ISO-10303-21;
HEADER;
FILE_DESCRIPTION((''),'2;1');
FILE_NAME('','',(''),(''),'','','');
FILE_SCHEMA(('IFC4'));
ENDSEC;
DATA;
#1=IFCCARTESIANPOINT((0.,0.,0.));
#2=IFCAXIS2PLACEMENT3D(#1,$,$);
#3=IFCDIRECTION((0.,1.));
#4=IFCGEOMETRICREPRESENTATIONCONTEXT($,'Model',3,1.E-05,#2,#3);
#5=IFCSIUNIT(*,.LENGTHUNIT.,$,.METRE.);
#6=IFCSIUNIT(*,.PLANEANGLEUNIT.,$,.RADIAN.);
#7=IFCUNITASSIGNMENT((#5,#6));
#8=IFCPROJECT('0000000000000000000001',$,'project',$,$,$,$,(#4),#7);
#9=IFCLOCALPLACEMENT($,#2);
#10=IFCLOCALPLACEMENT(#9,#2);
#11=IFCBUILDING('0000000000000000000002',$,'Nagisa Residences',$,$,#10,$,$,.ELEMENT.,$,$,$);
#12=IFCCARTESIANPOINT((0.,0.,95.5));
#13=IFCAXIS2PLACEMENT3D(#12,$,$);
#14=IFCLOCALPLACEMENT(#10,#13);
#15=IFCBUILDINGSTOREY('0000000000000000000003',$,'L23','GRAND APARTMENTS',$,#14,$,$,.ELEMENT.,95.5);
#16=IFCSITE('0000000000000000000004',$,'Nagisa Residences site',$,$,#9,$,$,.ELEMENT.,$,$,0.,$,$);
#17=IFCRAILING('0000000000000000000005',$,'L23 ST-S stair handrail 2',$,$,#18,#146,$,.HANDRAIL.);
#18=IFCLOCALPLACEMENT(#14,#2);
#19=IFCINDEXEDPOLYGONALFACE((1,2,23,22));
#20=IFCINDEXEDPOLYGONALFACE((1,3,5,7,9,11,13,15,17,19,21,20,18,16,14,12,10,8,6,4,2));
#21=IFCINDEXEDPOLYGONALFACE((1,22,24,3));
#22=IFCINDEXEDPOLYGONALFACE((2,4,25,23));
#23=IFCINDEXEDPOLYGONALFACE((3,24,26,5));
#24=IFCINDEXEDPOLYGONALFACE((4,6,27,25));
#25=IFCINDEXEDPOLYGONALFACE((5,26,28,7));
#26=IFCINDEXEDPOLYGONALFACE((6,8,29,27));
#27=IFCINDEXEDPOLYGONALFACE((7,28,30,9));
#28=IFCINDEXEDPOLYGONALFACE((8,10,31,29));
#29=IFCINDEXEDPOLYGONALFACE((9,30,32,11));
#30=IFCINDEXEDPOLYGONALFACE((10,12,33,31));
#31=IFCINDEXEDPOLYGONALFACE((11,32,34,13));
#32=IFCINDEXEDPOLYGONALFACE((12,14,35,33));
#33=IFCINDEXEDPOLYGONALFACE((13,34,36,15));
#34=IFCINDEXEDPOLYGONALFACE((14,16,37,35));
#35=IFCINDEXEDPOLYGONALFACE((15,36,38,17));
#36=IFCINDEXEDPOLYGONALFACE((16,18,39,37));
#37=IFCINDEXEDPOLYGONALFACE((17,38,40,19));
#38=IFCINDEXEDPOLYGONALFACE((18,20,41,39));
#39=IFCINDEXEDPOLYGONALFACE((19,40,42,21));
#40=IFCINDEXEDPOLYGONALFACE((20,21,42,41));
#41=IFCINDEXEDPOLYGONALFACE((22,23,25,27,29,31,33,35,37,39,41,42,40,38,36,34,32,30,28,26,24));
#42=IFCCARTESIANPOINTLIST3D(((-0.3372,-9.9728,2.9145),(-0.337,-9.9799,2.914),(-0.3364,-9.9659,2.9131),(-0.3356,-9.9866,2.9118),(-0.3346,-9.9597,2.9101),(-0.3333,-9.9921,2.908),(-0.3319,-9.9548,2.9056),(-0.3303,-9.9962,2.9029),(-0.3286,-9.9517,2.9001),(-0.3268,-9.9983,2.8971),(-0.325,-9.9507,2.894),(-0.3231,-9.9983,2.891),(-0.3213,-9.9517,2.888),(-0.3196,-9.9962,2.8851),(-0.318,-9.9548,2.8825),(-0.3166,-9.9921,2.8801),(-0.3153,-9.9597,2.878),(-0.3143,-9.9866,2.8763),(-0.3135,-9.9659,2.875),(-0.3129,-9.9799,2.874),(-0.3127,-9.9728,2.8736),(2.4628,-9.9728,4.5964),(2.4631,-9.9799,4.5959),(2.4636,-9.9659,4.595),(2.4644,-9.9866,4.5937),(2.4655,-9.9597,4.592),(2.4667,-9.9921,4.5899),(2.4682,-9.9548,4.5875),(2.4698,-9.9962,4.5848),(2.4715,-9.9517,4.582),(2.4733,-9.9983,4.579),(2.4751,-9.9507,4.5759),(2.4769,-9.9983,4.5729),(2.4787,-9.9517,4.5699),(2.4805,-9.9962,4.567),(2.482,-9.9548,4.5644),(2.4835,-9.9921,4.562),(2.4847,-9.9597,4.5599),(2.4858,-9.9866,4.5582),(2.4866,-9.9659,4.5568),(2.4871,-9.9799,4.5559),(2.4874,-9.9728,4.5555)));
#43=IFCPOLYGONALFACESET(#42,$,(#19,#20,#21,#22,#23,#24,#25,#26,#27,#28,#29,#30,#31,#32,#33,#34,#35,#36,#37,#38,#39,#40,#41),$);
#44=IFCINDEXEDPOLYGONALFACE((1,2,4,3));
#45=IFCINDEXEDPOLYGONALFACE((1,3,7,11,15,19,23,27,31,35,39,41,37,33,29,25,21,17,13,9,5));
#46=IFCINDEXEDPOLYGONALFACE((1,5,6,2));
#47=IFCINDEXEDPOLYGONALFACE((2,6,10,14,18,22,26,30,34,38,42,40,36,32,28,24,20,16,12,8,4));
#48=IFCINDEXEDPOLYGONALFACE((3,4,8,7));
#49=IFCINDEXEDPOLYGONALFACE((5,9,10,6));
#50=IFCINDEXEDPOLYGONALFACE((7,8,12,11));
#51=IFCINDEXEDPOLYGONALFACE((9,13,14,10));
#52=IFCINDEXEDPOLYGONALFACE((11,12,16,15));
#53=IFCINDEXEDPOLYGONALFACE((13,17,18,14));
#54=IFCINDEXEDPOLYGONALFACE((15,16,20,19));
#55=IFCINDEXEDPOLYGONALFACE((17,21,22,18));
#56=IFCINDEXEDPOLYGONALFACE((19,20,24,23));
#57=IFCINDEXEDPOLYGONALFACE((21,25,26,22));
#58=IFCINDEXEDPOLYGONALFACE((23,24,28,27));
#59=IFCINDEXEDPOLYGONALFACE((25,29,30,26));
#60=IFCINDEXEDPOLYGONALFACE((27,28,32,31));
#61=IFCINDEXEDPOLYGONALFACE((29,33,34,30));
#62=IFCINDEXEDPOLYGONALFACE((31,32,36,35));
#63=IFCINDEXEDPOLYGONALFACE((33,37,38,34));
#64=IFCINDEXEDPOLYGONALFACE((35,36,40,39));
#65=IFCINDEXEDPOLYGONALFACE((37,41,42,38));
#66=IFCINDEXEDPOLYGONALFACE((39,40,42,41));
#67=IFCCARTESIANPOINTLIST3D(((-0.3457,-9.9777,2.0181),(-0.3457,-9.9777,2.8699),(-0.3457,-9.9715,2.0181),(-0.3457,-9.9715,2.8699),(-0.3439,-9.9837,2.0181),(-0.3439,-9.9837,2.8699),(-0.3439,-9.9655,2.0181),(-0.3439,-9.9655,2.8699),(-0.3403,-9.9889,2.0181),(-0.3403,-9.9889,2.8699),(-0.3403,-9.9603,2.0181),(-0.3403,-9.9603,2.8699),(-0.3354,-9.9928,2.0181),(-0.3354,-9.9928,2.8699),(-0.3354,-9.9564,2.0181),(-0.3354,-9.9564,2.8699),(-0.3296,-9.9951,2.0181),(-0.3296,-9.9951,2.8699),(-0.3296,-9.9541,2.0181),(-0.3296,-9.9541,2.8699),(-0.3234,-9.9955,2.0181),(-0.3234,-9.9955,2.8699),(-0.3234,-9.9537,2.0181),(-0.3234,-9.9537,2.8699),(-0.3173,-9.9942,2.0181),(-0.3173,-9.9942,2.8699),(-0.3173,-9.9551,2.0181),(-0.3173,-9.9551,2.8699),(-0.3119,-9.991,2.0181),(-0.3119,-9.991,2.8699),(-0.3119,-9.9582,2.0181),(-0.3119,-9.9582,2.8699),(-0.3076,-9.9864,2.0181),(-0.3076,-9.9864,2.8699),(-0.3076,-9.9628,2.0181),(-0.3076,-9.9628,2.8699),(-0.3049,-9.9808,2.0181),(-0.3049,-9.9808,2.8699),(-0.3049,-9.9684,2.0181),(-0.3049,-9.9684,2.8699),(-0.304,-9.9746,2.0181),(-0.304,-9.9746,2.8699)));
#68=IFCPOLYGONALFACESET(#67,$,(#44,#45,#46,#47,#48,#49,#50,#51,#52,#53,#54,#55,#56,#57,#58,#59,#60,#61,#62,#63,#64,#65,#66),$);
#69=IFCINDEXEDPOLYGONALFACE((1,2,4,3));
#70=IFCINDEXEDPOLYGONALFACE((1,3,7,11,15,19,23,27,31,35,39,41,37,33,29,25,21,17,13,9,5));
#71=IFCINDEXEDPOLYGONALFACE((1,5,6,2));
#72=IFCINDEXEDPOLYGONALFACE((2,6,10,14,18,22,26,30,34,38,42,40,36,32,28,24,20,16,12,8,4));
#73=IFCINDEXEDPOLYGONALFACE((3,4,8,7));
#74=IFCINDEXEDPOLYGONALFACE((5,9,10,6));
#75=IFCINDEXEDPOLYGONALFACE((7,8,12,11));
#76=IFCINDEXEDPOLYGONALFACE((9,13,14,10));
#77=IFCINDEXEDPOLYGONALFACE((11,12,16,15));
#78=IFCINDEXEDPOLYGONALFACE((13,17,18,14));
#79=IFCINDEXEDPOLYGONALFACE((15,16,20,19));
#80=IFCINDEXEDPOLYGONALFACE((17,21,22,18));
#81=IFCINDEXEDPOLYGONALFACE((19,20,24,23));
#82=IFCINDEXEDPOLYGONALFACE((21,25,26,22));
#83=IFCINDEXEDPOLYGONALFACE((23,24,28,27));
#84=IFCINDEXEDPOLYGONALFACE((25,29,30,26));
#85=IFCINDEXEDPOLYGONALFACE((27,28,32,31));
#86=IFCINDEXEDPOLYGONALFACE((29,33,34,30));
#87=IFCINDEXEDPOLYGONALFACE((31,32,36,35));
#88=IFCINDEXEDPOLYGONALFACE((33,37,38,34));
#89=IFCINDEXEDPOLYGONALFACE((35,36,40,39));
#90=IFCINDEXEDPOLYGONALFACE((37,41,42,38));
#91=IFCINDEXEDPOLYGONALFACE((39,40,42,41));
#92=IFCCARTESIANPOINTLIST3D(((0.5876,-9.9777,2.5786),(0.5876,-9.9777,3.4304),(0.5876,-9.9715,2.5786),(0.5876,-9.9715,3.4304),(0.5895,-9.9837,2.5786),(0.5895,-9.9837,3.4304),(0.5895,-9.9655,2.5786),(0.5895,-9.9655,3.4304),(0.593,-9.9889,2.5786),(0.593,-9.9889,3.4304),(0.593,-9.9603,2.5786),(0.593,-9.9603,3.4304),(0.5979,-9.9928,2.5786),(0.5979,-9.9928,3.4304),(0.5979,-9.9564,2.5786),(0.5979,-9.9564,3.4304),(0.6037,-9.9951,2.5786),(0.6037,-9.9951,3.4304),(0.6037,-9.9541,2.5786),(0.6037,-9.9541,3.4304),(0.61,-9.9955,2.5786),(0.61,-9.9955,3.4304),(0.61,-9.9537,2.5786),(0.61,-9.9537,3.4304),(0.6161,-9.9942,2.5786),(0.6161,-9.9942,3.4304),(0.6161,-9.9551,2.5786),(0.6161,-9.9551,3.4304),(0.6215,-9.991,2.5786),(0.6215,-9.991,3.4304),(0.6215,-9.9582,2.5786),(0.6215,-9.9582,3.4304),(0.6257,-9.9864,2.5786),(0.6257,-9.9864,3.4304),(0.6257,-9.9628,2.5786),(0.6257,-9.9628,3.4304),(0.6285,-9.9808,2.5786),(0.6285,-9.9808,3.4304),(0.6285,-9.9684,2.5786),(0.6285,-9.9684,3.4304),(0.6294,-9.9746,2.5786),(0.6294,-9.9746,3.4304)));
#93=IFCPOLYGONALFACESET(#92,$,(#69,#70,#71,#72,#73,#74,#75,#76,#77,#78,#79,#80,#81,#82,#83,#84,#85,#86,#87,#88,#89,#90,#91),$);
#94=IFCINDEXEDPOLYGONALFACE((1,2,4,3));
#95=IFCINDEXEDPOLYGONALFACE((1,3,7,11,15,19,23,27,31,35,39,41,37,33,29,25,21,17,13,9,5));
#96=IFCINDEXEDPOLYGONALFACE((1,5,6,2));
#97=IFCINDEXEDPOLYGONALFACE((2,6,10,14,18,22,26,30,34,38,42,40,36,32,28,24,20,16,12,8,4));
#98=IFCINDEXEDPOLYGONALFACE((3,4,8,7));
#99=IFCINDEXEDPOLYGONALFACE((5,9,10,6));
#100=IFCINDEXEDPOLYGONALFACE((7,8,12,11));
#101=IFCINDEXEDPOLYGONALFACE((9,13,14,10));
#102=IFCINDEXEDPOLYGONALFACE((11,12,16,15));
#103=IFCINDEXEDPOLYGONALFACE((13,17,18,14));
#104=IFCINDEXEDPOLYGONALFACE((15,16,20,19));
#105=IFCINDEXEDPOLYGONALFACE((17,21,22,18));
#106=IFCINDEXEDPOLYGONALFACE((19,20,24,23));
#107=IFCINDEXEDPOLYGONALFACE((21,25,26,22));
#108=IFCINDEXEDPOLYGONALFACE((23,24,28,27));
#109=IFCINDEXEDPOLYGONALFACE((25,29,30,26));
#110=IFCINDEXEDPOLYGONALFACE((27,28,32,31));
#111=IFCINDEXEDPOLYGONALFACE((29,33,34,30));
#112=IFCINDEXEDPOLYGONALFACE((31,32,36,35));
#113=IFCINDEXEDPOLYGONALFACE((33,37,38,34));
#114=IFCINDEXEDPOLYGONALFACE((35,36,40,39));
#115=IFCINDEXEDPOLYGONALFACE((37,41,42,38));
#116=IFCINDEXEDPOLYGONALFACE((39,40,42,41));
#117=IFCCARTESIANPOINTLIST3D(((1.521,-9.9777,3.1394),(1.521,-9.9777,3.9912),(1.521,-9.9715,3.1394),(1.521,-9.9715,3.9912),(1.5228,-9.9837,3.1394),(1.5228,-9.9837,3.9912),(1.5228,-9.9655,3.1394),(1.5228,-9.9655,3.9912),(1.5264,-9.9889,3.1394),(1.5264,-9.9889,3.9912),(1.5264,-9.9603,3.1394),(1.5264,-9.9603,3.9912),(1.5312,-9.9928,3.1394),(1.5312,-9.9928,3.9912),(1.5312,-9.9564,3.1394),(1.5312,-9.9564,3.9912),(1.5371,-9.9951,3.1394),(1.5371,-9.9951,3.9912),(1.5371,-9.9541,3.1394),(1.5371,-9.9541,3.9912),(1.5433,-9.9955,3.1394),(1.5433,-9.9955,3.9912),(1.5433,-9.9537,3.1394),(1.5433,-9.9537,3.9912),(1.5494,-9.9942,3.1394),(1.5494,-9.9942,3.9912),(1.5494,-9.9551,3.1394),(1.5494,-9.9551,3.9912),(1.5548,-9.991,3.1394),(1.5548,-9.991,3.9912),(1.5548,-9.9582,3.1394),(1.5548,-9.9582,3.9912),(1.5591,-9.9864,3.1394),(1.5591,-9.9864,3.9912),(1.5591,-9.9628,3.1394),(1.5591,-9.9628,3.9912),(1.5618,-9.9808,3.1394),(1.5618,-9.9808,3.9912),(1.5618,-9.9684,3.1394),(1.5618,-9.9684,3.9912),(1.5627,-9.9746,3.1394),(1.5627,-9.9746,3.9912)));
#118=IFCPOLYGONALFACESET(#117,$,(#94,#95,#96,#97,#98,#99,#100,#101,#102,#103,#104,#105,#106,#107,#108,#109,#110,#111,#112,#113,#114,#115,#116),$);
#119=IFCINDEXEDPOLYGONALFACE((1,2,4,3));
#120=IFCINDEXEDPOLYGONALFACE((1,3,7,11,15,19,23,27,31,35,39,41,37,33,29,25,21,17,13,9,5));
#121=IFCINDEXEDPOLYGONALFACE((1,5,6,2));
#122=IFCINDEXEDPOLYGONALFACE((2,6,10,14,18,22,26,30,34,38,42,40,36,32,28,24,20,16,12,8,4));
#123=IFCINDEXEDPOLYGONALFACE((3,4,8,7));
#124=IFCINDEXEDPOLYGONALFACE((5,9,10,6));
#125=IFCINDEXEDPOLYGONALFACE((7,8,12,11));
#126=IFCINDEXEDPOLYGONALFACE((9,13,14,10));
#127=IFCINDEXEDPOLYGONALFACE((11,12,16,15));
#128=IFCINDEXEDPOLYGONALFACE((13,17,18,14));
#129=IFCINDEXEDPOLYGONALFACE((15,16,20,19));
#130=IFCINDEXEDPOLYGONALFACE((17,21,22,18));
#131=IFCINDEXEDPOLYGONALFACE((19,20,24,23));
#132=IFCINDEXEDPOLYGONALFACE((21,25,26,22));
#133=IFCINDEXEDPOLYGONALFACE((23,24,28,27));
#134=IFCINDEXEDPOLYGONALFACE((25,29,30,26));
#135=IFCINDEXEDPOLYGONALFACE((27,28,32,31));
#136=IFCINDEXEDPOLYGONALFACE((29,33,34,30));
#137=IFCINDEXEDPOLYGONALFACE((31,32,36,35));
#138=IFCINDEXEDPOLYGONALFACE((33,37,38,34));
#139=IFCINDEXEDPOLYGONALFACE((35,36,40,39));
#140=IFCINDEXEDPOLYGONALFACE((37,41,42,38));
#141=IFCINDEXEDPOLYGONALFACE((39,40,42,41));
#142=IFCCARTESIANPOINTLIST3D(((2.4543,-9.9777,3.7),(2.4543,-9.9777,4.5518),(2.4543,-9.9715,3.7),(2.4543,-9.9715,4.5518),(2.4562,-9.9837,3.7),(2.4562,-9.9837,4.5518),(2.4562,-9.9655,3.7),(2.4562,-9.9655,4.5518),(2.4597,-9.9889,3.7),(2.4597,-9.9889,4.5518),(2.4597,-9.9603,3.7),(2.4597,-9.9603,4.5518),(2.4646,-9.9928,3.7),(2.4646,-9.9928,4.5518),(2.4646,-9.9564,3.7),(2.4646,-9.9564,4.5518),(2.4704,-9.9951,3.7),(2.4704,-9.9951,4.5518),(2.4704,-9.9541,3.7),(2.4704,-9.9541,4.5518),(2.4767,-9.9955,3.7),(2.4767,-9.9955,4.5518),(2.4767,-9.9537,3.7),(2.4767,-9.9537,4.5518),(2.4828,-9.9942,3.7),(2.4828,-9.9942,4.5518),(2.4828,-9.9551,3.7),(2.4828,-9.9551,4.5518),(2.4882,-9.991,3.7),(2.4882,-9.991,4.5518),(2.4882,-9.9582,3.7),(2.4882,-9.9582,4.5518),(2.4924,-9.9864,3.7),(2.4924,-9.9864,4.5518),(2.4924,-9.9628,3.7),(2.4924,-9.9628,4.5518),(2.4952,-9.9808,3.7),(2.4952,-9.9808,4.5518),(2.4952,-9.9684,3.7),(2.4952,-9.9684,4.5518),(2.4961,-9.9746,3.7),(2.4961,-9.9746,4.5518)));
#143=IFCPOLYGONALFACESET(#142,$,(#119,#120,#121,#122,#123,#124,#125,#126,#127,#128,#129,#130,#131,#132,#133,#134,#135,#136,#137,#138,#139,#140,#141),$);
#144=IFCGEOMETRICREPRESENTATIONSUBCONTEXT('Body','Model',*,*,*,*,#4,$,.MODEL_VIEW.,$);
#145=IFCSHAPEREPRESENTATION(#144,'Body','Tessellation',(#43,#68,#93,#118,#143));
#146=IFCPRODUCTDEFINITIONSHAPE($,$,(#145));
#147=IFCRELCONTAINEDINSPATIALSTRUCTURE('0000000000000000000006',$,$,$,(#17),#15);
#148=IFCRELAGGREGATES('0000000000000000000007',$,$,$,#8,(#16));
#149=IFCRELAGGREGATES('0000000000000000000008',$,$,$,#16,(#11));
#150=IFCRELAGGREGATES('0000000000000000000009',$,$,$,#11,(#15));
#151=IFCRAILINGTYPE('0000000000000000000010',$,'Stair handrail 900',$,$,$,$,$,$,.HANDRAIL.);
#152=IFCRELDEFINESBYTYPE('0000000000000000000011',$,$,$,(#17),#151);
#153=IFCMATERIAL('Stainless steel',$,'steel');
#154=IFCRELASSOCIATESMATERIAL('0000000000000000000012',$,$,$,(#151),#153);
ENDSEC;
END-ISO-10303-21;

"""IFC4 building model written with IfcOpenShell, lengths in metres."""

from ifc_helpers import new_model, si_unit, direction, frame, origin, origin_2d, place, context, subcontext, project, spatial, circle, extrude, material, type_object, element, save


model = new_model("IFC4")

# Units and contexts
model_context = context("Model", 3, precision=1e-05, world=origin(), true_north=direction((0.0, 1.0)))
body_context = subcontext(model_context, "Body", "Model", "MODEL_VIEW")
ifc_project = project(units=[si_unit("LENGTHUNIT", "METRE"), si_unit("PLANEANGLEUNIT", "RADIAN")], contexts=[model_context])

# Site, building, storey
site_placement = place(None, origin())
site = spatial("IfcSite", under=ifc_project, at=site_placement, Name="Nagisa Residences site", CompositionType="ELEMENT", RefElevation=0.0)
building_placement = place(site_placement, origin())
building = spatial("IfcBuilding", under=site, at=building_placement, Name="Nagisa Residences", CompositionType="ELEMENT")
storey_placement = place(building_placement, frame((0.0, 0.0, 95.5)))
storey = spatial("IfcBuildingStorey", under=building, at=storey_placement, Name="L23", Description="GRAND APARTMENTS", CompositionType="ELEMENT", Elevation=95.5)

# Railing
ifc_material_1 = material(Name="Stainless steel", Category="steel")
railing_type = type_object("IfcRailingType", Name="Stair handrail 900", PredefinedType="HANDRAIL", material=ifc_material_1)
railing_placement = place(storey_placement, frame((-0.325, -9.9746, 2.0181)))
element("IfcRailing", 1, at=railing_placement, inside=storey, type_object=railing_type, Name="L23 ST-S stair handrail 2", PredefinedType="HANDRAIL", context=body_context, shape_type="SweptSolid", body=[
    extrude(circle(Radius=0.0239, at=origin_2d()), frame((0.0, 0.0, 0.876), z_axis=(0.857242, 0.0, 0.514913), x_axis=(0.0, 1.0, 0.0)), (0.0, 0.0, 1.0), 3.2664),
    extrude(circle(Radius=0.021, at=origin_2d()), origin(), (0.0, 0.0, 1.0), 0.8518),
    extrude(circle(Radius=0.021, at=origin_2d()), frame((0.9333, 0.0, 0.5605)), (0.0, 0.0, 1.0), 0.8518),
    extrude(circle(Radius=0.021, at=origin_2d()), frame((1.8667, 0.0, 1.1213)), (0.0, 0.0, 1.0), 0.8518),
    extrude(circle(Radius=0.021, at=origin_2d()), frame((2.8, 0.0, 1.6819)), (0.0, 0.0, 1.0), 0.8518),
])

save(model, "model.ifc")
